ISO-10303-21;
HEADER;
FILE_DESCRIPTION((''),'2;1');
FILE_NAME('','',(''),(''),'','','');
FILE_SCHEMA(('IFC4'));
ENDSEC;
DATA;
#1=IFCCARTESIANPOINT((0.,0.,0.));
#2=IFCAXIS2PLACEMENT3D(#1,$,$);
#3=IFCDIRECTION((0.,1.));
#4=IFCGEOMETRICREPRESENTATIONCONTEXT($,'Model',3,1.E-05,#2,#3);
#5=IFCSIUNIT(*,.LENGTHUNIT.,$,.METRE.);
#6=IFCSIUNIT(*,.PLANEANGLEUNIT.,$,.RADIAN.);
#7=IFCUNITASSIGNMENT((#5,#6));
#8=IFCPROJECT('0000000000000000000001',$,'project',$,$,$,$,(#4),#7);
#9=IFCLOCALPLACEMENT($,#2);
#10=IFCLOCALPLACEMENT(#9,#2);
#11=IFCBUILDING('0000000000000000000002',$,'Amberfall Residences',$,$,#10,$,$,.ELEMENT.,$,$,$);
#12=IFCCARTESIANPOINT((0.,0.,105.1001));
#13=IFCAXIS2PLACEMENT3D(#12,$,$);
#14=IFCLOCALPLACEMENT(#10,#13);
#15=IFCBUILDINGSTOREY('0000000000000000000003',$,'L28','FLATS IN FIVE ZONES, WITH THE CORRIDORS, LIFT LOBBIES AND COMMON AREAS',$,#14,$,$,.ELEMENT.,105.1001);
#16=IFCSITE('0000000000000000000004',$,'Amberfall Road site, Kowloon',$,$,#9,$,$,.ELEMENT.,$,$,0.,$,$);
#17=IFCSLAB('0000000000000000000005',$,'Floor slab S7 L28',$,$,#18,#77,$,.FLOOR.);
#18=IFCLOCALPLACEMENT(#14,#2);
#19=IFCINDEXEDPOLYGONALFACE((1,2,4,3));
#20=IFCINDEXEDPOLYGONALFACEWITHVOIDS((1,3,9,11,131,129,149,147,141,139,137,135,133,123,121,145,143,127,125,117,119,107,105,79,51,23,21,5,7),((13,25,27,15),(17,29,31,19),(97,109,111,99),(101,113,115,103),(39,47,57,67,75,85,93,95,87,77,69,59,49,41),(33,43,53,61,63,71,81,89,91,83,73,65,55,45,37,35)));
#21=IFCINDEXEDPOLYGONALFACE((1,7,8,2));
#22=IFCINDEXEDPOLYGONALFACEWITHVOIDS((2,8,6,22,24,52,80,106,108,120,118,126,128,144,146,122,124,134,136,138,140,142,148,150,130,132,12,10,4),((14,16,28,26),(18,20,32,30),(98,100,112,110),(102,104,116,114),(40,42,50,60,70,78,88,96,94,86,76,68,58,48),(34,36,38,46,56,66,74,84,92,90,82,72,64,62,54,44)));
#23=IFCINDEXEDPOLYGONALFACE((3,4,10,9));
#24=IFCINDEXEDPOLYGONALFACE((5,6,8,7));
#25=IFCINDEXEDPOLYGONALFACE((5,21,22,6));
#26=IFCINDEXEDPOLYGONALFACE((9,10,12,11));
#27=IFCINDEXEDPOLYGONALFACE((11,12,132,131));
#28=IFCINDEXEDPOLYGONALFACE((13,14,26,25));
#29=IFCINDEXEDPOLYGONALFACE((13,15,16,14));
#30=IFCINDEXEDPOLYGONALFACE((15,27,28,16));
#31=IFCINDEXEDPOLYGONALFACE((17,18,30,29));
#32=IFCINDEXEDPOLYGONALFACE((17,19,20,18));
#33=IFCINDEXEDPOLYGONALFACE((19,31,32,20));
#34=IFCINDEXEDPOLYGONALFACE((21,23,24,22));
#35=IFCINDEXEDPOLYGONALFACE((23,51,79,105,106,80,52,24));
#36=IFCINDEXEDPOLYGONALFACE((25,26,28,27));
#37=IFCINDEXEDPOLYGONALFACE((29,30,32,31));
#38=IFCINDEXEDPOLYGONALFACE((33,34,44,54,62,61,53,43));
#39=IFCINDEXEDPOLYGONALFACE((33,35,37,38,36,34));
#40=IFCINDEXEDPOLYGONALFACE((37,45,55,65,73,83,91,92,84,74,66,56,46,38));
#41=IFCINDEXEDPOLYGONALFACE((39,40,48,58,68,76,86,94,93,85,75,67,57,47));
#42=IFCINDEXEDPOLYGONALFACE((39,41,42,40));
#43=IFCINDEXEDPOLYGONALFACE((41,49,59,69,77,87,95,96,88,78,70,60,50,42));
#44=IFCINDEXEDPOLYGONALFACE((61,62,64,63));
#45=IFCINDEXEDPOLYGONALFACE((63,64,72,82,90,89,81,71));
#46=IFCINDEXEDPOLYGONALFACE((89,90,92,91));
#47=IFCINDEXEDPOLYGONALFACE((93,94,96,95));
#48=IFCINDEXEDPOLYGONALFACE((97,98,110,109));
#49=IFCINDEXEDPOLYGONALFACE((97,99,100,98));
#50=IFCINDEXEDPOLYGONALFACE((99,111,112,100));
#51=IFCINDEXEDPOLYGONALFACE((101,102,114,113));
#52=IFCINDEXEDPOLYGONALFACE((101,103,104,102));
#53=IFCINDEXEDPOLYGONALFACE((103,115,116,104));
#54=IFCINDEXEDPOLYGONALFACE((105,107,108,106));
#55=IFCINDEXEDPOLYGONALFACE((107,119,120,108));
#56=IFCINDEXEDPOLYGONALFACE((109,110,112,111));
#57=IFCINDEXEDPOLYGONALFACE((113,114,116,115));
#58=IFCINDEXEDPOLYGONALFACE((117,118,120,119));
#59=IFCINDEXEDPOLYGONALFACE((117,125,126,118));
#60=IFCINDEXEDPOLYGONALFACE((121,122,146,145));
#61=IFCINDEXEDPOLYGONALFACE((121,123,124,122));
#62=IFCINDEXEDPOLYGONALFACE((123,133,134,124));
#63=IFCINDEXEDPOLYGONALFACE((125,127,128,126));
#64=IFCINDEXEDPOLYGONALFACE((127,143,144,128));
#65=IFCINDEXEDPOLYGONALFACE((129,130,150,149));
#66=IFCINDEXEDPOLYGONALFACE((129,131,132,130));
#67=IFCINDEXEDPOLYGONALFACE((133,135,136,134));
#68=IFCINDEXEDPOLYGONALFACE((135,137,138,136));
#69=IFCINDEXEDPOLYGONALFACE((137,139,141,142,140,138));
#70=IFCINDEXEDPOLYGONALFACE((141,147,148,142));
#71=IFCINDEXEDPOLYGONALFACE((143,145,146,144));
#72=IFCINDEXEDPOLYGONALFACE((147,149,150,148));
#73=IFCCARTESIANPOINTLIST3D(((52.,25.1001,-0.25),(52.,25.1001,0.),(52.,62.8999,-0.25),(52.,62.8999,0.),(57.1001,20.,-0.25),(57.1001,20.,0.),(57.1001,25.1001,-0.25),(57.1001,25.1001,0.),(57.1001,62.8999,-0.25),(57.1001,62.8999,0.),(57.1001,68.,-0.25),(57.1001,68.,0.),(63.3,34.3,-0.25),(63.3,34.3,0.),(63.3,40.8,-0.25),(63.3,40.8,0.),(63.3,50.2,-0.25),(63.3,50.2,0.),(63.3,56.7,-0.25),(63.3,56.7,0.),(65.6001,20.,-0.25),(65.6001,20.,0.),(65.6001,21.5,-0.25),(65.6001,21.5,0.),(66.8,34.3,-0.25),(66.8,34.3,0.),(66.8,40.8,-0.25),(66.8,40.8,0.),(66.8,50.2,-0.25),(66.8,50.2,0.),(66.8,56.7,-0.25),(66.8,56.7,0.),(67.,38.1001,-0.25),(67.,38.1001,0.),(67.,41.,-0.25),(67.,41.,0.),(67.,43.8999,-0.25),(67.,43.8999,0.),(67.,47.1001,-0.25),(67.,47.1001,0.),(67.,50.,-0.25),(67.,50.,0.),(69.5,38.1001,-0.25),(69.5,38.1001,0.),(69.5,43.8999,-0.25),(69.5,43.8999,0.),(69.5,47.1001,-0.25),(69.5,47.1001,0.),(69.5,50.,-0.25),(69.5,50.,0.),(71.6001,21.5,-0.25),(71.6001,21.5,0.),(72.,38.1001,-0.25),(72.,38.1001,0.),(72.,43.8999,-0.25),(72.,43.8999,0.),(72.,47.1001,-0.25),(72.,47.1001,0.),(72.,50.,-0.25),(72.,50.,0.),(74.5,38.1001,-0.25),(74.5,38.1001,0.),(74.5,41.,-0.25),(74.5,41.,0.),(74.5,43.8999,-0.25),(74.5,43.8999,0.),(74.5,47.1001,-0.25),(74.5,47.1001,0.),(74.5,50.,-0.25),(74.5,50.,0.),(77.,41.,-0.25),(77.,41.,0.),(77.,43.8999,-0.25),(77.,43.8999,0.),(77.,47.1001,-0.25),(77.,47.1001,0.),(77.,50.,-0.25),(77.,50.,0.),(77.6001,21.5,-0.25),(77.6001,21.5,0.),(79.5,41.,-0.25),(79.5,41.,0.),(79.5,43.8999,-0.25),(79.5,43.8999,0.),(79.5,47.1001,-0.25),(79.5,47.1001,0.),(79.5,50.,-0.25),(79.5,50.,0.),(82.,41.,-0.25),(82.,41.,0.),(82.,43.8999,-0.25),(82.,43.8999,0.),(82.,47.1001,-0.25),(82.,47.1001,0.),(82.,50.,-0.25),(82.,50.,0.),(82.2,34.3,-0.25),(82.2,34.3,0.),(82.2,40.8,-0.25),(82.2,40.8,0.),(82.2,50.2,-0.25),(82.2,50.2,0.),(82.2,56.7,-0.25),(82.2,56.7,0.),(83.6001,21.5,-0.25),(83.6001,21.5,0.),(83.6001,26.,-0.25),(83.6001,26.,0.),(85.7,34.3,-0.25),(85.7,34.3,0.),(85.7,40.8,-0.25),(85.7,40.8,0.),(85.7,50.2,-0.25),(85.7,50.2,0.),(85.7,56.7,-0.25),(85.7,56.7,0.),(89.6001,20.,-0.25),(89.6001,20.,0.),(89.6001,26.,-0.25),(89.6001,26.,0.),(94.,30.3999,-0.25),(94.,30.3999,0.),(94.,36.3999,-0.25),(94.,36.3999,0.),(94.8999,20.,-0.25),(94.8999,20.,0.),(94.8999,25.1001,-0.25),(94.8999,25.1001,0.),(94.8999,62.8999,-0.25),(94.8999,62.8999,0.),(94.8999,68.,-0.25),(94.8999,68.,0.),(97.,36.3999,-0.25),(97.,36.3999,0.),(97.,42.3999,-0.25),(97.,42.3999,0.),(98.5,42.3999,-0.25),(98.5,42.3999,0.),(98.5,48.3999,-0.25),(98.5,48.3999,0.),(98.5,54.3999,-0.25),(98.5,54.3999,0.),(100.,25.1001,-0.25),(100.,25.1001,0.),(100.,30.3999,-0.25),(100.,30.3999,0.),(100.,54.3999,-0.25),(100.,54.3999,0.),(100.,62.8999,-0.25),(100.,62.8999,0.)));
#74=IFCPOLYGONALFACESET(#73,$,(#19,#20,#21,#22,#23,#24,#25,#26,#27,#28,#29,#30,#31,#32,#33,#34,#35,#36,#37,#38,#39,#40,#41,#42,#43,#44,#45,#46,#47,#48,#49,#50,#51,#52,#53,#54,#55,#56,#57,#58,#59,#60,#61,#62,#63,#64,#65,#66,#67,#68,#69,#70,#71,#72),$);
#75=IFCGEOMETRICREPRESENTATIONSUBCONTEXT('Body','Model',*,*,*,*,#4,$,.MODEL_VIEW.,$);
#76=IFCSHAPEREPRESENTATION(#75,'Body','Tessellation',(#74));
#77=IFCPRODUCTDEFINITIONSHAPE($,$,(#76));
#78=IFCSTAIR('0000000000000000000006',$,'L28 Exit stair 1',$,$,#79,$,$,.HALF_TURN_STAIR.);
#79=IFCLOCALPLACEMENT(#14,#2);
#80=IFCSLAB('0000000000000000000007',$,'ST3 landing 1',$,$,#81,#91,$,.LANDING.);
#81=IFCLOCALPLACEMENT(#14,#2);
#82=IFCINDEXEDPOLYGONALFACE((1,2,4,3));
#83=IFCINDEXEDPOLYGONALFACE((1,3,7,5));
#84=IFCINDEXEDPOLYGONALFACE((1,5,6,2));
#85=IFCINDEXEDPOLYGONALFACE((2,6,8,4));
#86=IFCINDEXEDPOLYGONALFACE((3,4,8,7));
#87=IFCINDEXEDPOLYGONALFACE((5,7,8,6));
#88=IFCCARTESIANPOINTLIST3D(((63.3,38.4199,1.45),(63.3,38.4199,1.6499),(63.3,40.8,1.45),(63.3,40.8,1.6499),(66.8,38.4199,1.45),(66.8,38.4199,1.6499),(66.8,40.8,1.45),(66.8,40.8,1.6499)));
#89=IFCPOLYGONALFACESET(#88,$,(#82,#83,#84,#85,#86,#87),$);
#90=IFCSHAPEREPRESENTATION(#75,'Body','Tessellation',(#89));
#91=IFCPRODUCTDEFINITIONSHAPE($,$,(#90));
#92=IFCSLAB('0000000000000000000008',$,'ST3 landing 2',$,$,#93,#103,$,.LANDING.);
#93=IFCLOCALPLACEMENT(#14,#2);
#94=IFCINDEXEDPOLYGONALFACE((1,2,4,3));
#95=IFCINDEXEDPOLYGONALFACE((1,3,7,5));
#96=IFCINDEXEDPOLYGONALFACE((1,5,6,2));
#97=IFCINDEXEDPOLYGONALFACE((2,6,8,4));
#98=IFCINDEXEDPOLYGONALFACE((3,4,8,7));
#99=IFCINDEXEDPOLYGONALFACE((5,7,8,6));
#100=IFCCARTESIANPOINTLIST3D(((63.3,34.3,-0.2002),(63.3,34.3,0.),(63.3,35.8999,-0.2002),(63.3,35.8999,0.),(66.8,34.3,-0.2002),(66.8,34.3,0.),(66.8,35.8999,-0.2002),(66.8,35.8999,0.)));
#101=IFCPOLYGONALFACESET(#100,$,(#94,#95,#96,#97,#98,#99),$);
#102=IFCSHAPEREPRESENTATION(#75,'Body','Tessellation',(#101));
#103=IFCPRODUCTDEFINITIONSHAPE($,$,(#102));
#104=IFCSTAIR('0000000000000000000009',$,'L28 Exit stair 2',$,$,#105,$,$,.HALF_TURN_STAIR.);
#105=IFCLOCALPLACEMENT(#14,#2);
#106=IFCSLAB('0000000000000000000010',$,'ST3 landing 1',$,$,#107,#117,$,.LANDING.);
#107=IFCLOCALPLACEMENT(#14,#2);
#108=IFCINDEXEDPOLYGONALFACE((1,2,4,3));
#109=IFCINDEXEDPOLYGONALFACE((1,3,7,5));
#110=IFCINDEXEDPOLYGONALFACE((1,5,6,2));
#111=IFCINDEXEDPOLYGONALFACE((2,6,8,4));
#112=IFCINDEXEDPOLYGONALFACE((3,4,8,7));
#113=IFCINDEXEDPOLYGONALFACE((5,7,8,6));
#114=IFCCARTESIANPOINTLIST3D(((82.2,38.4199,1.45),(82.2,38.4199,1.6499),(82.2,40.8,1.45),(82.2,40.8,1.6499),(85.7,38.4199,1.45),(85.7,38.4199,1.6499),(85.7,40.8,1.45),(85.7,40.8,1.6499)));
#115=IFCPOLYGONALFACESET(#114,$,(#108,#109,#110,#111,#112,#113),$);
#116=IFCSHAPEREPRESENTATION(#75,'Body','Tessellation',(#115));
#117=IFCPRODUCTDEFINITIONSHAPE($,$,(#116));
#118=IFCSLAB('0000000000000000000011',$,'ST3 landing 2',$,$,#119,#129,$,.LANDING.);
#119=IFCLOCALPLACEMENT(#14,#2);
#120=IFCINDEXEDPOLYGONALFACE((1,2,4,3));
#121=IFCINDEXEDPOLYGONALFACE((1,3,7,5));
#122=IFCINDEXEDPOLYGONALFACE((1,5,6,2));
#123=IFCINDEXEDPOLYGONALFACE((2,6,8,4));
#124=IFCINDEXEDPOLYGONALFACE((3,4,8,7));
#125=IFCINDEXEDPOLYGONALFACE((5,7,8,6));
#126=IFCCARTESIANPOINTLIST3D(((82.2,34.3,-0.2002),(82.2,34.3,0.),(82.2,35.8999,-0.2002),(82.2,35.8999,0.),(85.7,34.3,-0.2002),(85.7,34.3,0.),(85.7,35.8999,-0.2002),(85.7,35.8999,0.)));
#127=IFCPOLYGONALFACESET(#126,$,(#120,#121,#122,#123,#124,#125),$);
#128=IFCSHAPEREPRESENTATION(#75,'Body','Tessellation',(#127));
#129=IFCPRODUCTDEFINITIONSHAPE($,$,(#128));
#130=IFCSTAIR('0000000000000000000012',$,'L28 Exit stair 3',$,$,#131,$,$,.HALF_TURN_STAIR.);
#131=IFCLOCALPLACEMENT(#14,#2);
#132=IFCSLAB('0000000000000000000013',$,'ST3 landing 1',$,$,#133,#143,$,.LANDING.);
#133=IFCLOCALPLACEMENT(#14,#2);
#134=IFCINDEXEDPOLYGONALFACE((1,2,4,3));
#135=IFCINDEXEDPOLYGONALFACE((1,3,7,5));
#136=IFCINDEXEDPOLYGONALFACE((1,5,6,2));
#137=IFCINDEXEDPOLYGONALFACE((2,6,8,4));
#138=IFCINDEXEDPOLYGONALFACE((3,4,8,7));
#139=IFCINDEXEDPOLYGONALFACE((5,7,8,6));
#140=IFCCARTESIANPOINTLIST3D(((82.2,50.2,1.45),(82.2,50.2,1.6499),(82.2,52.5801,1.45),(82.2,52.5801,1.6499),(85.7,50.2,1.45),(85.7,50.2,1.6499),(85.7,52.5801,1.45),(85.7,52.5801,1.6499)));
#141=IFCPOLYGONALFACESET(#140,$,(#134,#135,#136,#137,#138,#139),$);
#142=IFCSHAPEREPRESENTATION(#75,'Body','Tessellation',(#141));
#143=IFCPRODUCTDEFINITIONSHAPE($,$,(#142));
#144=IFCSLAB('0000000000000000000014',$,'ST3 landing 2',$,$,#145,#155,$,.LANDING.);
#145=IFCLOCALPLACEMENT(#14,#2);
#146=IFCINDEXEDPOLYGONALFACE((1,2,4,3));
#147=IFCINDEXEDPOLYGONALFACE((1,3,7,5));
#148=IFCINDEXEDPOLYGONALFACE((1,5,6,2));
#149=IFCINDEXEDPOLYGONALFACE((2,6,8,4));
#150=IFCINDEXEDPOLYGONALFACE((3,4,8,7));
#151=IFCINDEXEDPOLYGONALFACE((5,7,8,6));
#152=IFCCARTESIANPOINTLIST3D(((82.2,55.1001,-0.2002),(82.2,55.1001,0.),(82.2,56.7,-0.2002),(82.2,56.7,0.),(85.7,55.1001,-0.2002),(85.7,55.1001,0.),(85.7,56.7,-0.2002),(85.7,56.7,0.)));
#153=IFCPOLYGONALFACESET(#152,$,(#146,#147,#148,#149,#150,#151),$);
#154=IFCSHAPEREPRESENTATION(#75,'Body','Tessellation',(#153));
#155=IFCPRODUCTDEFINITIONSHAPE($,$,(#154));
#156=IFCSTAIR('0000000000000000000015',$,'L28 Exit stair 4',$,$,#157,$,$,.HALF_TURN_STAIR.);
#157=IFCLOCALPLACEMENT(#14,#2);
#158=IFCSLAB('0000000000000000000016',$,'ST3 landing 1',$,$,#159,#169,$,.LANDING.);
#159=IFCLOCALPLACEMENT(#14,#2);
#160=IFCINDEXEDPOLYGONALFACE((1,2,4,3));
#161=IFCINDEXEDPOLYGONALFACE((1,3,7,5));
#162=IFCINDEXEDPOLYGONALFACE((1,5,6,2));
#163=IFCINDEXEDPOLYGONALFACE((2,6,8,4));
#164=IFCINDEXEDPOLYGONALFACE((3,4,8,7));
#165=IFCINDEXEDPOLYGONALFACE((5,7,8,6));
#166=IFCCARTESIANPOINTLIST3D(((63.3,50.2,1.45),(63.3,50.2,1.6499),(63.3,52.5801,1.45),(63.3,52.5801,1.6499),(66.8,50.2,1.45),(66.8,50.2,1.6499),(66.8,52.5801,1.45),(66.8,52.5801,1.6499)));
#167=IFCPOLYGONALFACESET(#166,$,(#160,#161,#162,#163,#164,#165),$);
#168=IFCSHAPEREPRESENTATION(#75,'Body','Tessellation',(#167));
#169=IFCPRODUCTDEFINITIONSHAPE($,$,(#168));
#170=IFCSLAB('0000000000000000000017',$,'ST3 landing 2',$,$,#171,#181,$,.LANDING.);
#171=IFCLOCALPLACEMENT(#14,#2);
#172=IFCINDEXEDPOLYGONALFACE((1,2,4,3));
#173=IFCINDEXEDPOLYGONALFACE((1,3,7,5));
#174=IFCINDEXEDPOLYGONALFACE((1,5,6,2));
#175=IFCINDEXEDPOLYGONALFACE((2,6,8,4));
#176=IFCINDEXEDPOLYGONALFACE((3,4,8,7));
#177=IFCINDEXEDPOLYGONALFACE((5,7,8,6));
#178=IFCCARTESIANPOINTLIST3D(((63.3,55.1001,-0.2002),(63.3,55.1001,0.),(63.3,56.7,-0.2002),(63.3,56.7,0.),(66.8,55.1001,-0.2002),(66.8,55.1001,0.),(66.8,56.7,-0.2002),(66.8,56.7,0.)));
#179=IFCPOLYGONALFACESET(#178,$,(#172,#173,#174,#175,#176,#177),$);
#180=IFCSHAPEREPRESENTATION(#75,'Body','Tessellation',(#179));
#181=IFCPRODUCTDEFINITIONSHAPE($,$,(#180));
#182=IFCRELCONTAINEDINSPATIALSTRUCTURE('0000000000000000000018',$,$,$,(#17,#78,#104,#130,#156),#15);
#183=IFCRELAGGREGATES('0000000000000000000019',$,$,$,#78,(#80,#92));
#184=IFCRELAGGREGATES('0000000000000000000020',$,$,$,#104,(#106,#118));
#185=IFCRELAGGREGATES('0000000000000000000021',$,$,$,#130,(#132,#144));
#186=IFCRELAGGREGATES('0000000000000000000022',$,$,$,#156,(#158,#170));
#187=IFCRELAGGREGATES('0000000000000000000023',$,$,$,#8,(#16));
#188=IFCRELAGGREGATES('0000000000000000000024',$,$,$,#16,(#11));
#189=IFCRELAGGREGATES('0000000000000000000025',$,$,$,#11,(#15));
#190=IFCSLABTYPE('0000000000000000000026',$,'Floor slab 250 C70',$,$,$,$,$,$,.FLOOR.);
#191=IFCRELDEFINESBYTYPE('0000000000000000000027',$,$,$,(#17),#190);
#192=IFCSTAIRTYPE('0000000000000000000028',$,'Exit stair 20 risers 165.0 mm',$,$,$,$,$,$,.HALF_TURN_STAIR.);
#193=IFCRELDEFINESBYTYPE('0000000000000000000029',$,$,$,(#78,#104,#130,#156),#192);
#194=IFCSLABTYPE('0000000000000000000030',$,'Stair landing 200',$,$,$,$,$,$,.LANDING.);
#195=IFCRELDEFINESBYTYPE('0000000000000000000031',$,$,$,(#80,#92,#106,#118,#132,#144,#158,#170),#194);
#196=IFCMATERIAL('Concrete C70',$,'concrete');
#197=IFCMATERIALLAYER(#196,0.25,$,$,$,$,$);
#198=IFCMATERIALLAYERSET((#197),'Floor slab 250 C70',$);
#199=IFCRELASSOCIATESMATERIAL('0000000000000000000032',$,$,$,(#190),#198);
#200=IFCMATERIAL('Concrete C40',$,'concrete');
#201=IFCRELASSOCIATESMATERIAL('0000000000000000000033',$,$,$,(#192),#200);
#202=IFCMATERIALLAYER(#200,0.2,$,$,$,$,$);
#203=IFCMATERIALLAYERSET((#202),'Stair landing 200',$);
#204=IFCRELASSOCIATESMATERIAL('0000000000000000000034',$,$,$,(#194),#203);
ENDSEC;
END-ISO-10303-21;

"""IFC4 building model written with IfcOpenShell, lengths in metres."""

from ifc_helpers import new_model, si_unit, direction, frame, origin, place, context, subcontext, project, spatial, polyline, outline, extrude, material, layer, layer_set, type_object, element, aggregate, save


model = new_model("IFC4")

# Units and contexts
model_context = context("Model", 3, precision=1e-05, world=origin(), true_north=direction((0.0, 1.0)))
body_context = subcontext(model_context, "Body", "Model", "MODEL_VIEW")
ifc_project = project(units=[si_unit("LENGTHUNIT", "METRE"), si_unit("PLANEANGLEUNIT", "RADIAN")], contexts=[model_context])

# Site, building, storey
site_placement = place(None, origin())
site = spatial("IfcSite", under=ifc_project, at=site_placement, Name="Amberfall Road site, Kowloon", CompositionType="ELEMENT", RefElevation=0.0)
building_placement = place(site_placement, origin())
building = spatial("IfcBuilding", under=site, at=building_placement, Name="Amberfall Residences", CompositionType="ELEMENT")
storey_placement = place(building_placement, frame((0.0, 0.0, 105.1001)))
storey = spatial("IfcBuildingStorey", under=building, at=storey_placement, Name="L28", Description="FLATS IN FIVE ZONES, WITH THE CORRIDORS, LIFT LOBBIES AND COMMON AREAS", CompositionType="ELEMENT", Elevation=105.1001)

# Slab
ifc_material_1 = material(Name="Concrete C70", Category="concrete")
ifc_layer_1 = layer(ifc_material_1, 0.25)
ifc_layer_set_1 = layer_set([ifc_layer_1], Name="Floor slab 250 C70")
slab_type_1 = type_object("IfcSlabType", Name="Floor slab 250 C70", PredefinedType="FLOOR", material=ifc_layer_set_1)
slab_1_placement = place(storey_placement, frame((0.0, 0.0, -0.25)))
element("IfcSlab", 1, at=slab_1_placement, inside=storey, type_object=slab_type_1, Name="Floor slab S7 L28", PredefinedType="FLOOR", context=body_context, shape_type="SweptSolid", body=[
    extrude(outline(polyline([(89.6001, 20.0), (89.6001, 26.0), (83.6001, 26.0), (83.6001, 21.5), (77.6001, 21.5), (71.6001, 21.5), (65.6001, 21.5), (65.6001, 20.0), (57.1001, 20.0), (57.1001, 25.1001), (52.0, 25.1001), (52.0, 62.8999), (57.1001, 62.8999), (57.1001, 68.0), (94.8999, 68.0), (94.8999, 62.8999), (100.0, 62.8999), (100.0, 54.3999), (98.5, 54.3999), (98.5, 48.3999), (98.5, 42.3999), (97.0, 42.3999), (97.0, 36.3999), (94.0, 36.3999), (94.0, 30.3999), (100.0, 30.3999), (100.0, 25.1001), (94.8999, 25.1001), (94.8999, 20.0), (89.6001, 20.0)]), holes=[polyline([(85.7, 34.3), (85.7, 40.8), (82.2, 40.8), (82.2, 34.3), (85.7, 34.3)]), polyline([(82.2, 50.2), (85.7, 50.2), (85.7, 56.7), (82.2, 56.7), (82.2, 50.2)]), polyline([(69.5, 50.0), (67.0, 50.0), (67.0, 47.1001), (69.5, 47.1001), (72.0, 47.1001), (74.5, 47.1001), (77.0, 47.1001), (79.5, 47.1001), (82.0, 47.1001), (82.0, 50.0), (79.5, 50.0), (77.0, 50.0), (74.5, 50.0), (72.0, 50.0), (69.5, 50.0)]), polyline([(74.5, 41.0), (77.0, 41.0), (79.5, 41.0), (82.0, 41.0), (82.0, 43.8999), (79.5, 43.8999), (77.0, 43.8999), (74.5, 43.8999), (72.0, 43.8999), (69.5, 43.8999), (67.0, 43.8999), (67.0, 41.0), (67.0, 38.1001), (69.5, 38.1001), (72.0, 38.1001), (74.5, 38.1001), (74.5, 41.0)]), polyline([(66.8, 34.3), (66.8, 40.8), (63.3, 40.8), (63.3, 34.3), (66.8, 34.3)]), polyline([(66.8, 50.2), (66.8, 56.7), (63.3, 56.7), (63.3, 50.2), (66.8, 50.2)])]), origin(), (0.0, 0.0, 1.0), 0.25),
])

# Stairs, slabs
ifc_material_2 = material(Name="Concrete C40", Category="concrete")
stair_type = type_object("IfcStairType", Name="Exit stair 20 risers 165.0 mm", PredefinedType="HALF_TURN_STAIR", material=ifc_material_2)
stair_1_placement = place(storey_placement, origin())
stair_1 = element("IfcStair", 2, at=stair_1_placement, inside=storey, type_object=stair_type, Name="L28 Exit stair 1", PredefinedType="HALF_TURN_STAIR")
ifc_layer_2 = layer(ifc_material_2, 0.2)
ifc_layer_set_2 = layer_set([ifc_layer_2], Name="Stair landing 200")
slab_type_2 = type_object("IfcSlabType", Name="Stair landing 200", PredefinedType="LANDING", material=ifc_layer_set_2)
slab_2_placement = place(storey_placement, frame((0.0, 0.0, 1.45)))
slab_2 = element("IfcSlab", 3, at=slab_2_placement, type_object=slab_type_2, Name="ST3 landing 1", PredefinedType="LANDING", context=body_context, shape_type="SweptSolid", body=[
    extrude(outline(polyline([(66.8, 38.4199), (66.8, 40.8), (63.3, 40.8), (63.3, 38.4199), (66.8, 38.4199)])), origin(), (0.0, 0.0, 1.0), 0.2),
])
slab_3_placement = place(storey_placement, frame((0.0, 0.0, -0.2002)))
slab_3 = element("IfcSlab", 4, at=slab_3_placement, type_object=slab_type_2, Name="ST3 landing 2", PredefinedType="LANDING", context=body_context, shape_type="SweptSolid", body=[
    extrude(outline(polyline([(66.8, 34.3), (66.8, 35.8999), (63.3, 35.8999), (63.3, 34.3), (66.8, 34.3)])), origin(), (0.0, 0.0, 1.0), 0.2002),
])
aggregate(stair_1, [slab_2, slab_3])
stair_2_placement = place(storey_placement, origin())
stair_2 = element("IfcStair", 5, at=stair_2_placement, inside=storey, type_object=stair_type, Name="L28 Exit stair 2", PredefinedType="HALF_TURN_STAIR")
slab_4_placement = place(storey_placement, frame((0.0, 0.0, 1.45)))
slab_4 = element("IfcSlab", 6, at=slab_4_placement, type_object=slab_type_2, Name="ST3 landing 1", PredefinedType="LANDING", context=body_context, shape_type="SweptSolid", body=[
    extrude(outline(polyline([(85.7, 38.4199), (85.7, 40.8), (82.2, 40.8), (82.2, 38.4199), (85.7, 38.4199)])), origin(), (0.0, 0.0, 1.0), 0.2),
])
slab_5_placement = place(storey_placement, frame((0.0, 0.0, -0.2002)))
slab_5 = element("IfcSlab", 7, at=slab_5_placement, type_object=slab_type_2, Name="ST3 landing 2", PredefinedType="LANDING", context=body_context, shape_type="SweptSolid", body=[
    extrude(outline(polyline([(85.7, 34.3), (85.7, 35.8999), (82.2, 35.8999), (82.2, 34.3), (85.7, 34.3)])), origin(), (0.0, 0.0, 1.0), 0.2002),
])
aggregate(stair_2, [slab_4, slab_5])
stair_3_placement = place(storey_placement, origin())
stair_3 = element("IfcStair", 8, at=stair_3_placement, inside=storey, type_object=stair_type, Name="L28 Exit stair 3", PredefinedType="HALF_TURN_STAIR")
slab_6_placement = place(storey_placement, frame((0.0, 0.0, 1.45)))
slab_6 = element("IfcSlab", 9, at=slab_6_placement, type_object=slab_type_2, Name="ST3 landing 1", PredefinedType="LANDING", context=body_context, shape_type="SweptSolid", body=[
    extrude(outline(polyline([(82.2, 52.5801), (82.2, 50.2), (85.7, 50.2), (85.7, 52.5801), (82.2, 52.5801)])), origin(), (0.0, 0.0, 1.0), 0.2),
])
slab_7_placement = place(storey_placement, frame((0.0, 0.0, -0.2002)))
slab_7 = element("IfcSlab", 10, at=slab_7_placement, type_object=slab_type_2, Name="ST3 landing 2", PredefinedType="LANDING", context=body_context, shape_type="SweptSolid", body=[
    extrude(outline(polyline([(82.2, 56.7), (82.2, 55.1001), (85.7, 55.1001), (85.7, 56.7), (82.2, 56.7)])), origin(), (0.0, 0.0, 1.0), 0.2002),
])
aggregate(stair_3, [slab_6, slab_7])
stair_4_placement = place(storey_placement, origin())
stair_4 = element("IfcStair", 11, at=stair_4_placement, inside=storey, type_object=stair_type, Name="L28 Exit stair 4", PredefinedType="HALF_TURN_STAIR")
slab_8_placement = place(storey_placement, frame((0.0, 0.0, 1.45)))
slab_8 = element("IfcSlab", 12, at=slab_8_placement, type_object=slab_type_2, Name="ST3 landing 1", PredefinedType="LANDING", context=body_context, shape_type="SweptSolid", body=[
    extrude(outline(polyline([(63.3, 52.5801), (63.3, 50.2), (66.8, 50.2), (66.8, 52.5801), (63.3, 52.5801)])), origin(), (0.0, 0.0, 1.0), 0.2),
])
slab_9_placement = place(storey_placement, frame((0.0, 0.0, -0.2002)))
slab_9 = element("IfcSlab", 13, at=slab_9_placement, type_object=slab_type_2, Name="ST3 landing 2", PredefinedType="LANDING", context=body_context, shape_type="SweptSolid", body=[
    extrude(outline(polyline([(63.3, 56.7), (63.3, 55.1001), (66.8, 55.1001), (66.8, 56.7), (63.3, 56.7)])), origin(), (0.0, 0.0, 1.0), 0.2002),
])
aggregate(stair_4, [slab_8, slab_9])

save(model, "model.ifc")
